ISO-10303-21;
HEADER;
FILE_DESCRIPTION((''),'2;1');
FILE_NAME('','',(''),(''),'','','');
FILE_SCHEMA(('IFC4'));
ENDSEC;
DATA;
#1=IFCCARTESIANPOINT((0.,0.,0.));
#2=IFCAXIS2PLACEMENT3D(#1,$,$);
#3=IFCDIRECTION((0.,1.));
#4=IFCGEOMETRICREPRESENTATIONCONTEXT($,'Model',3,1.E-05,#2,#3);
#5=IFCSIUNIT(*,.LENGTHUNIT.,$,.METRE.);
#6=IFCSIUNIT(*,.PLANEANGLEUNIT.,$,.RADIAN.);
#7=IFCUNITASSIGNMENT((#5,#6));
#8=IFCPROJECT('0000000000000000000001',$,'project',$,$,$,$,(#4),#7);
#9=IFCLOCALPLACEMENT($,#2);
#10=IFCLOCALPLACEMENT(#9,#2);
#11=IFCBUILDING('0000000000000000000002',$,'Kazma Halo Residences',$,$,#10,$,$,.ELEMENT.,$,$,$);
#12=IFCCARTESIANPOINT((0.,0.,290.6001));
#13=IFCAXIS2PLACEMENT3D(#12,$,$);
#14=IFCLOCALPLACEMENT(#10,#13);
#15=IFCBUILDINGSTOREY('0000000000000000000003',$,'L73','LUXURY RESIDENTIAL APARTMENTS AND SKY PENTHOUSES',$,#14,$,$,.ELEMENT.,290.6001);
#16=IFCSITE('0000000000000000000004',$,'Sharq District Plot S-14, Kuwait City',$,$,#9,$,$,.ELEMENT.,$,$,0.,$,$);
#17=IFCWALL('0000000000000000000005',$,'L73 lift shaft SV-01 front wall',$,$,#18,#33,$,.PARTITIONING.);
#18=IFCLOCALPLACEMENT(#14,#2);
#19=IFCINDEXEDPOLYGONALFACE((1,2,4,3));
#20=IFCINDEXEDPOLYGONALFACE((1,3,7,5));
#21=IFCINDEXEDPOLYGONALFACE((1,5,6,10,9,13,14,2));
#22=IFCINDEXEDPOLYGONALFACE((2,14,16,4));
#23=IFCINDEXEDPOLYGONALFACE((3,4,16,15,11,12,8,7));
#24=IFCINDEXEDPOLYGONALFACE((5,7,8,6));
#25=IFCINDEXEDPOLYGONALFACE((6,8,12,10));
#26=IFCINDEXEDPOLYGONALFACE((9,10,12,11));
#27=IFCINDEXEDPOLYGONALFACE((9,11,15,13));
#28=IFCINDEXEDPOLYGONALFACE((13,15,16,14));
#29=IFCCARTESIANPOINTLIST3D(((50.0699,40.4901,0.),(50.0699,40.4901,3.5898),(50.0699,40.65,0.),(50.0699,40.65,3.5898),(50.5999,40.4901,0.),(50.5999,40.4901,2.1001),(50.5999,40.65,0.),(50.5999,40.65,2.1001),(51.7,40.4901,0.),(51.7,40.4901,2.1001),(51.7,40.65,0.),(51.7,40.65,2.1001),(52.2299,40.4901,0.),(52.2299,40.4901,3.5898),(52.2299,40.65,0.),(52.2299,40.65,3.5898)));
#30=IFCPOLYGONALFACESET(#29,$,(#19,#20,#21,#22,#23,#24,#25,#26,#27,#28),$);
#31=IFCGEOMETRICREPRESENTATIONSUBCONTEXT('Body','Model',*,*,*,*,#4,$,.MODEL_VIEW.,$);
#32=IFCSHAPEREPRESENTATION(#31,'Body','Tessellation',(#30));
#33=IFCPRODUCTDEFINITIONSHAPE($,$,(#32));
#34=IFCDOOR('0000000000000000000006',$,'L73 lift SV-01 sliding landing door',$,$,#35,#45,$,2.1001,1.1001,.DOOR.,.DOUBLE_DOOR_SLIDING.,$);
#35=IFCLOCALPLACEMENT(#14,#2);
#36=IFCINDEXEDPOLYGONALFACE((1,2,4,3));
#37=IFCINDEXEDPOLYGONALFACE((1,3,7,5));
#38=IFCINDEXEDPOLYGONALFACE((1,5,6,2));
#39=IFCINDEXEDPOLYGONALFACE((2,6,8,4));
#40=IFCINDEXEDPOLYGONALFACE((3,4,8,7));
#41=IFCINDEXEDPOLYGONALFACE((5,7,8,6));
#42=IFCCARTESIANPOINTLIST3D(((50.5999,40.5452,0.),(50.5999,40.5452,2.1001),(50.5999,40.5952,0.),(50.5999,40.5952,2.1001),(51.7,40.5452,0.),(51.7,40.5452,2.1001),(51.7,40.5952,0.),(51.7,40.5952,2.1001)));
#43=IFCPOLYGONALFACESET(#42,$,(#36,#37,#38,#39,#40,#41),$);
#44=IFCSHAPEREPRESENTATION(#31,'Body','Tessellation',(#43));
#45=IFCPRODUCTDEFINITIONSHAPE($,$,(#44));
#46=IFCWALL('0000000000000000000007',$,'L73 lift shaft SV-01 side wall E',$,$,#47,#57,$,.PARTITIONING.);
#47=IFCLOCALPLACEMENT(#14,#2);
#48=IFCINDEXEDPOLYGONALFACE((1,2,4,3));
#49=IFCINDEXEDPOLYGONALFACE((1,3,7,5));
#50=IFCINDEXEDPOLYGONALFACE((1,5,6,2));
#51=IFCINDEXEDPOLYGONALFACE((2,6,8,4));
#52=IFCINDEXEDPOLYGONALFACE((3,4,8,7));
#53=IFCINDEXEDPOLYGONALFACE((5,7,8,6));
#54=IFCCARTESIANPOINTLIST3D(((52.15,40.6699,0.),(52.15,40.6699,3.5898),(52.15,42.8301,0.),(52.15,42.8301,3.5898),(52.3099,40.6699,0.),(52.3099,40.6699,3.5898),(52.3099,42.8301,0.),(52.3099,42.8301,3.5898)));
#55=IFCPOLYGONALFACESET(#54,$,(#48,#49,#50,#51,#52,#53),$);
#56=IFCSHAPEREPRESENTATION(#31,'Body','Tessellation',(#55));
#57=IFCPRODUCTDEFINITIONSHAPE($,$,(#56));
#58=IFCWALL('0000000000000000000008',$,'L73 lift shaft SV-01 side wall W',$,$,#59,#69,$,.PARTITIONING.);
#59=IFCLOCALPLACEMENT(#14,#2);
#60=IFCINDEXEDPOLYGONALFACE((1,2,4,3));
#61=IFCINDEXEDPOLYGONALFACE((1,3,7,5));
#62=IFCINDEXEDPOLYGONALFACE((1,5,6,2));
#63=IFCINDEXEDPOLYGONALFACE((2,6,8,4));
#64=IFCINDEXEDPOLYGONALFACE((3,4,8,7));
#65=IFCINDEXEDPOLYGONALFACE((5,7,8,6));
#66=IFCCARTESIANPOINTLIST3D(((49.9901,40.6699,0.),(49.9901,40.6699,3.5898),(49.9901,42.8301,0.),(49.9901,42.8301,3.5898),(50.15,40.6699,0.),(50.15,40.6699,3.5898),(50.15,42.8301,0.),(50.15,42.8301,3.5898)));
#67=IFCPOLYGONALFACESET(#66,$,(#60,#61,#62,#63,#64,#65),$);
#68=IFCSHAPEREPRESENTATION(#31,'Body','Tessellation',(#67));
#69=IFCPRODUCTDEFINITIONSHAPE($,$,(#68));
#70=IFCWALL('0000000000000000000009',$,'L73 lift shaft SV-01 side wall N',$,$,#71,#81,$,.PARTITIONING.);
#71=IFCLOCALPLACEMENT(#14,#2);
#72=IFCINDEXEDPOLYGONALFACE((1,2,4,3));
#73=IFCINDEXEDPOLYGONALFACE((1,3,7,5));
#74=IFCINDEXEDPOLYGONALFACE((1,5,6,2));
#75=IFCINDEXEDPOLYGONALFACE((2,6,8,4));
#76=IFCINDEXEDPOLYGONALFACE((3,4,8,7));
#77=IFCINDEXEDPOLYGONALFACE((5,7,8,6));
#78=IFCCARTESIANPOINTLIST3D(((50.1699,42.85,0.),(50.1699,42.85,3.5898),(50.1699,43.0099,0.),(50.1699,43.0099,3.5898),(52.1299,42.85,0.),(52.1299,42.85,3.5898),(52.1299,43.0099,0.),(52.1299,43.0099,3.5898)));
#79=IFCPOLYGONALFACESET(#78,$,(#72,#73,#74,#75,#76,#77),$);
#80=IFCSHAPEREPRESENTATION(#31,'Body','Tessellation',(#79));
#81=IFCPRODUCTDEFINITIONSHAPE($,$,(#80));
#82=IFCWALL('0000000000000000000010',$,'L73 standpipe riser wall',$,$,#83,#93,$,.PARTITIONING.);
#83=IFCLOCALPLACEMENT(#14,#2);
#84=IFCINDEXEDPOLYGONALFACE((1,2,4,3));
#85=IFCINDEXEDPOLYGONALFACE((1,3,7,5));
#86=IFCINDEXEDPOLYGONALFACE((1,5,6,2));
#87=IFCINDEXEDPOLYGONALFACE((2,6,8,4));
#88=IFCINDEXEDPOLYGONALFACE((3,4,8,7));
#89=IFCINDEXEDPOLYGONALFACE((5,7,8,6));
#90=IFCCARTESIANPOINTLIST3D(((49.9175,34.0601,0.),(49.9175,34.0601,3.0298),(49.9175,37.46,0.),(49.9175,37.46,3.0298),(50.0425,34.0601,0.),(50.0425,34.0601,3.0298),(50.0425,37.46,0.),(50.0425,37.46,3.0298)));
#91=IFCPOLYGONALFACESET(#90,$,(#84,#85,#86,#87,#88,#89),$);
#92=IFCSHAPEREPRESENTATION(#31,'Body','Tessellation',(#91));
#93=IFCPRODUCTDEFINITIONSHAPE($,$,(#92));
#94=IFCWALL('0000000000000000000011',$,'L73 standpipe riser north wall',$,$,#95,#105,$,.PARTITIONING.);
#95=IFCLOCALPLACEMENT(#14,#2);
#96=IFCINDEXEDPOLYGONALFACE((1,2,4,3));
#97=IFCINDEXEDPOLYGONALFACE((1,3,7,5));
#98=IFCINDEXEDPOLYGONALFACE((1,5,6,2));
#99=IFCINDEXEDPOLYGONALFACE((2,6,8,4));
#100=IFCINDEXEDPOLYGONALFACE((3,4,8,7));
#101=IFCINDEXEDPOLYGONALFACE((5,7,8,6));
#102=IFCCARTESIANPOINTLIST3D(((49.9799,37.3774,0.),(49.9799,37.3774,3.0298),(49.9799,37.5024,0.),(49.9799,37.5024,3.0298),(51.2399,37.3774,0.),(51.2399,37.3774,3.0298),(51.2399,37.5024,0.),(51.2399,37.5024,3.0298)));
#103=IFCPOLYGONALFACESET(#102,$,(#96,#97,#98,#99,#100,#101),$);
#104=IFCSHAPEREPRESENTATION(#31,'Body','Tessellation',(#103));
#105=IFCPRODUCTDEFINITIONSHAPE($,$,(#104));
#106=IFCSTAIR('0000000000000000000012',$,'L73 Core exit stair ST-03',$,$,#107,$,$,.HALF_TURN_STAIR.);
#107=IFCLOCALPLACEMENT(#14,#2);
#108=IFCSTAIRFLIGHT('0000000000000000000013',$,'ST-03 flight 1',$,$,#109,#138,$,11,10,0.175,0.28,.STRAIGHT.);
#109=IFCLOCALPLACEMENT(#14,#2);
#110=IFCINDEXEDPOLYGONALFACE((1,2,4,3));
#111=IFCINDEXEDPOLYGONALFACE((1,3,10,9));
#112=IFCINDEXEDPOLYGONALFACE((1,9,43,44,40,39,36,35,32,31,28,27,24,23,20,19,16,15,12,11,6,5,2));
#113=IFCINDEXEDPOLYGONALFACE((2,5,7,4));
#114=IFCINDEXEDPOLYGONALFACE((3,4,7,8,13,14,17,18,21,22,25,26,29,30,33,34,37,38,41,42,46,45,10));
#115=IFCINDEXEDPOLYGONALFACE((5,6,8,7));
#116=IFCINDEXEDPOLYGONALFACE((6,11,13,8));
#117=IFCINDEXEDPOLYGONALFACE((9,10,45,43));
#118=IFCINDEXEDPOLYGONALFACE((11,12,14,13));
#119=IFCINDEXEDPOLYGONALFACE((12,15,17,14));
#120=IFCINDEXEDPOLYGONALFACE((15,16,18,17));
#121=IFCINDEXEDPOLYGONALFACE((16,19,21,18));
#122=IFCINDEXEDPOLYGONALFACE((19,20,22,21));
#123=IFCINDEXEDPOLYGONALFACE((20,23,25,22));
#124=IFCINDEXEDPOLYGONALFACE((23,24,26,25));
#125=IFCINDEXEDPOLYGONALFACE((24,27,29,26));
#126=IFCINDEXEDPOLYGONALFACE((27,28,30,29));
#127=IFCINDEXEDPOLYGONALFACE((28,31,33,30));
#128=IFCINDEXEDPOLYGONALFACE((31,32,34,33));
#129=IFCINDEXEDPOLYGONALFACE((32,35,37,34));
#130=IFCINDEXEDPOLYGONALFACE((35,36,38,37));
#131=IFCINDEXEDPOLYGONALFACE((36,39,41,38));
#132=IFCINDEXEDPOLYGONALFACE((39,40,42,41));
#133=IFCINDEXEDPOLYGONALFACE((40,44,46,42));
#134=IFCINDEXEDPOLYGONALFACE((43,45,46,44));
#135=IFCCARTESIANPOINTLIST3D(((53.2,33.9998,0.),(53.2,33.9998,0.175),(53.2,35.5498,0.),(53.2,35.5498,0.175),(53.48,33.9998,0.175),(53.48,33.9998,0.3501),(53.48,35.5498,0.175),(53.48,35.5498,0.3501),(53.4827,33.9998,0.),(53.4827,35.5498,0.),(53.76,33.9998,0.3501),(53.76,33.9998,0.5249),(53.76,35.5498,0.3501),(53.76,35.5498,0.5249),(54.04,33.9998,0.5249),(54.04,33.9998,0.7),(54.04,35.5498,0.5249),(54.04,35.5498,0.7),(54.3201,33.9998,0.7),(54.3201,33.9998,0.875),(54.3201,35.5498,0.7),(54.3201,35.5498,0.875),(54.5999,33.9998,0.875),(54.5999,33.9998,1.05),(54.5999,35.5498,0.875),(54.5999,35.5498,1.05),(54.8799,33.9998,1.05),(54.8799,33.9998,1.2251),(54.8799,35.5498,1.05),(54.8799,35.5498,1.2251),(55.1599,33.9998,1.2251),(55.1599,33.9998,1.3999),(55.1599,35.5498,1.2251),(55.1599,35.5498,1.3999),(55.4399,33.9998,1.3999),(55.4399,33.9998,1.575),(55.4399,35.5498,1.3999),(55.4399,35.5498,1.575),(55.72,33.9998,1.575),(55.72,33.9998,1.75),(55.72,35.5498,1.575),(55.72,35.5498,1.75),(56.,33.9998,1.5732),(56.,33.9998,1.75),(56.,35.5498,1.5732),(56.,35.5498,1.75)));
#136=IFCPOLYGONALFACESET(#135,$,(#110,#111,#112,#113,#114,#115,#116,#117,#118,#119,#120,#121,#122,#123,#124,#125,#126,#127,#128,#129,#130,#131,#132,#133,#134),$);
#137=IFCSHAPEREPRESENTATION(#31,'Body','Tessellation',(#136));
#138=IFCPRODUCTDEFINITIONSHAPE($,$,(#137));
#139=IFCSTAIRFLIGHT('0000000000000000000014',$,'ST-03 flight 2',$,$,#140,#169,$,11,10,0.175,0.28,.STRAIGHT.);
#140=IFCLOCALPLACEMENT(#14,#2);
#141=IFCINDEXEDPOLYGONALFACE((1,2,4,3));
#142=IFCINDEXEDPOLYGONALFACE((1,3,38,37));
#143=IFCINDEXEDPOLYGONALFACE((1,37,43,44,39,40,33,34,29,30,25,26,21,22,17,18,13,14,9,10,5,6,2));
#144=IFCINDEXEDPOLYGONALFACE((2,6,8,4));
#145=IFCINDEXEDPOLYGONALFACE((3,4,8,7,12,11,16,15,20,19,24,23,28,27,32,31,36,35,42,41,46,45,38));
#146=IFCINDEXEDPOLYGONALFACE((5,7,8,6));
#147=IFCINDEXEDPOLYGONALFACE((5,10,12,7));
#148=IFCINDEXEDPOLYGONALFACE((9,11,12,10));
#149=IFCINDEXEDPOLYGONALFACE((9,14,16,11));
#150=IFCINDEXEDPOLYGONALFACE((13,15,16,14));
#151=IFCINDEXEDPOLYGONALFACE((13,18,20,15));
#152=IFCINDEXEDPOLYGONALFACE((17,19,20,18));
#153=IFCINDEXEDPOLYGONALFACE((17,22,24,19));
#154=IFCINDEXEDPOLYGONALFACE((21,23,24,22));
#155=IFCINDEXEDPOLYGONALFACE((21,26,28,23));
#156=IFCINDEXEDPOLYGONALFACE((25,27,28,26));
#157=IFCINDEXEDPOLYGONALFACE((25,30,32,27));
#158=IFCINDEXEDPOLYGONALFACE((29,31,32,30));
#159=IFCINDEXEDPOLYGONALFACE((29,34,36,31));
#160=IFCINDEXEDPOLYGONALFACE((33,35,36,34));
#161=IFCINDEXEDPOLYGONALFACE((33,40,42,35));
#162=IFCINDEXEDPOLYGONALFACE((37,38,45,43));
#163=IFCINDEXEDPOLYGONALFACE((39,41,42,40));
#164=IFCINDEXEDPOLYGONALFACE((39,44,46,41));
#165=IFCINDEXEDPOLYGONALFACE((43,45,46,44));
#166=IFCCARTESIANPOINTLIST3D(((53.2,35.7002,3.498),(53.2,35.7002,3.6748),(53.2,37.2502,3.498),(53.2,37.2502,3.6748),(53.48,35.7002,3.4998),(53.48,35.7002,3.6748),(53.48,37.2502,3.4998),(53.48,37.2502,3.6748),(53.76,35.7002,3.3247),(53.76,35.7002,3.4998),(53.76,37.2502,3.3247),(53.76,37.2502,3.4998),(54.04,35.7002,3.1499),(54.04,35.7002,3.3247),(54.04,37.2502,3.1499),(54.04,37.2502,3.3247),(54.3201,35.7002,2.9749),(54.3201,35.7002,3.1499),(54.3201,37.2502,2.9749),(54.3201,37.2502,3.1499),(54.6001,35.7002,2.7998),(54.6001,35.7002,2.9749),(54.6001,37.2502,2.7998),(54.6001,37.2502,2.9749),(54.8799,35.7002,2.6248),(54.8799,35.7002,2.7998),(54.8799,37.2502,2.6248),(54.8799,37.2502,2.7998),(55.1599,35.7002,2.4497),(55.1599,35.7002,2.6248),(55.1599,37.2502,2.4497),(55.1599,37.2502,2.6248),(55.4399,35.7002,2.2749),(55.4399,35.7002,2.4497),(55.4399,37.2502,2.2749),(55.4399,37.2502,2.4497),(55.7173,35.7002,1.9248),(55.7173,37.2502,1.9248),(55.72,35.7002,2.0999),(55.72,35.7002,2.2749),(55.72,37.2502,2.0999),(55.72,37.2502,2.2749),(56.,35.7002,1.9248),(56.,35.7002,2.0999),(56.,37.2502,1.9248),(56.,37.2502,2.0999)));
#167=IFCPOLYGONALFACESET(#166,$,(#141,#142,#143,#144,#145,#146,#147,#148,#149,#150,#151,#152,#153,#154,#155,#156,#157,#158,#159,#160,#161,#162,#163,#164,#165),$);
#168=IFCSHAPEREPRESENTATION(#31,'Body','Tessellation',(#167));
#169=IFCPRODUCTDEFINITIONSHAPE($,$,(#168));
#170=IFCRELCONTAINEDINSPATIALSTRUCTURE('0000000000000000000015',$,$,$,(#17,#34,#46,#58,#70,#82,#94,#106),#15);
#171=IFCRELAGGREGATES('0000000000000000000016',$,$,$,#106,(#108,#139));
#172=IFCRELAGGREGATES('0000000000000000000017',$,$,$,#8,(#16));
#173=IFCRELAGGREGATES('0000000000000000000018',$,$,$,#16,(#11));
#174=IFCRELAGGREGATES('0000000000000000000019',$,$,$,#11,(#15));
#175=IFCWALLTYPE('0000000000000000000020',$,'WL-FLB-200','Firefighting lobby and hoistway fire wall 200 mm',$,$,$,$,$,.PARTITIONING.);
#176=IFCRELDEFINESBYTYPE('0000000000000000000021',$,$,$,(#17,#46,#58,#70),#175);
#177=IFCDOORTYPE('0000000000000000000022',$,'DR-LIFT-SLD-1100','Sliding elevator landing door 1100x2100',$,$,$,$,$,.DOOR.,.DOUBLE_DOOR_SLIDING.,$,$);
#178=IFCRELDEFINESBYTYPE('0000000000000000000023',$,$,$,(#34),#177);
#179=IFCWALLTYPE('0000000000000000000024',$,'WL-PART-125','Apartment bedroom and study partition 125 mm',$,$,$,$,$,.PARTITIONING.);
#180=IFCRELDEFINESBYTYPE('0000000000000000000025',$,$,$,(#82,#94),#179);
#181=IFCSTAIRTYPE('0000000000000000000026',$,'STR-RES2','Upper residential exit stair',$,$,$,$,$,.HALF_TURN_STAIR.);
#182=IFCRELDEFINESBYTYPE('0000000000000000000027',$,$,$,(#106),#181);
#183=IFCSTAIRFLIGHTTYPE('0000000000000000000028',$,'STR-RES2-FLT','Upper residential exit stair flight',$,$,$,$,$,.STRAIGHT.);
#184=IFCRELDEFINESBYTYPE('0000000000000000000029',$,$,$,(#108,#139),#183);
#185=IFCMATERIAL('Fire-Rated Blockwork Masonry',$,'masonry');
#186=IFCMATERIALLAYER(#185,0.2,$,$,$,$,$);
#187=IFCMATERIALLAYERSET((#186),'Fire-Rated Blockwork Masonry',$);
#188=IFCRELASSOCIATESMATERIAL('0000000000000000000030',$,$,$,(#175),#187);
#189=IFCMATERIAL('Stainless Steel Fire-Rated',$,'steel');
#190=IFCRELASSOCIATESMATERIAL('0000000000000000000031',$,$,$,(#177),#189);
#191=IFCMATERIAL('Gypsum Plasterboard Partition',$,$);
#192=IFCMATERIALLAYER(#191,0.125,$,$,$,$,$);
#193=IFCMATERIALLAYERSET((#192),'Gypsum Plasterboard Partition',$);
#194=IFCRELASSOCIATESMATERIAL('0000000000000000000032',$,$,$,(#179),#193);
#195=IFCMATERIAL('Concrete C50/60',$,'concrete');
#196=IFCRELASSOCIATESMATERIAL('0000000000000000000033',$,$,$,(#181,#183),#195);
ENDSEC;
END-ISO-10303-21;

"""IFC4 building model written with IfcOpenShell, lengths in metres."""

from ifc_helpers import new_model, si_unit, direction, frame, frame_2d, origin, place, context, subcontext, project, spatial, polyline, rectangle, outline, extrude, material, layer, layer_set, type_object, element, fill, aggregate, save


model = new_model("IFC4")

# Units and contexts
model_context = context("Model", 3, precision=1e-05, world=origin(), true_north=direction((0.0, 1.0)))
body_context = subcontext(model_context, "Body", "Model", "MODEL_VIEW")
ifc_project = project(units=[si_unit("LENGTHUNIT", "METRE"), si_unit("PLANEANGLEUNIT", "RADIAN")], contexts=[model_context])

# Site, building, storey
site_placement = place(None, origin())
site = spatial("IfcSite", under=ifc_project, at=site_placement, Name="Sharq District Plot S-14, Kuwait City", CompositionType="ELEMENT", RefElevation=0.0)
building_placement = place(site_placement, origin())
building = spatial("IfcBuilding", under=site, at=building_placement, Name="Kazma Halo Residences", CompositionType="ELEMENT")
storey_placement = place(building_placement, frame((0.0, 0.0, 290.6001)))
storey = spatial("IfcBuildingStorey", under=building, at=storey_placement, Name="L73", Description="LUXURY RESIDENTIAL APARTMENTS AND SKY PENTHOUSES", CompositionType="ELEMENT", Elevation=290.6001)

# Shared definitions
ifc_material_1 = material(Name="Fire-Rated Blockwork Masonry", Category="masonry")
ifc_layer_1 = layer(ifc_material_1, 0.2)
ifc_layer_set_1 = layer_set([ifc_layer_1], Name="Fire-Rated Blockwork Masonry")
wall_type_1 = type_object("IfcWallType", Name="WL-FLB-200", Description="Firefighting lobby and hoistway fire wall 200 mm", PredefinedType="PARTITIONING", material=ifc_layer_set_1)
ifc_material_2 = material(Name="Stainless Steel Fire-Rated", Category="steel")
door_type_1 = type_object("IfcDoorType", Name="DR-LIFT-SLD-1100", Description="Sliding elevator landing door 1100x2100", OperationType="DOUBLE_DOOR_SLIDING", PredefinedType="DOOR", material=ifc_material_2)

# Wall, opening, door
wall_1_placement = place(storey_placement, frame((52.23, 40.5701, 0.0), z_axis=(0.0, 0.0, 1.0), x_axis=(-1.0, 0.0, 0.0)))
wall_1 = element("IfcWall", 1, at=wall_1_placement, inside=storey, type_object=wall_type_1, Name="L73 lift shaft SV-01 front wall", PredefinedType="PARTITIONING", context=body_context, shape_type="SweptSolid", body=[
    extrude(rectangle(XDim=2.1599, YDim=0.1599, at=frame_2d((1.0801, 0.0))), origin(), (0.0, 0.0, 1.0), 3.5898),
])
opening_1_placement = place(wall_1_placement, frame((0.53, 0.0, 0.0)))
opening_1 = element("IfcOpeningElement", 2, at=opening_1_placement, cuts=wall_1, PredefinedType="OPENING", context=body_context, shape_type="SweptSolid", body=[
    extrude(rectangle(XDim=1.1001, YDim=2.1001, at=frame_2d((0.55, 1.05))), frame((0.0, 0.0898, 0.0), z_axis=(0.0, -1.0, 0.0), x_axis=(1.0, 0.0, 0.0)), (0.0, 0.0, 1.0), 0.1799),
])
door_1_placement = place(opening_1_placement, origin())
door_1 = element("IfcDoor", 3, at=door_1_placement, inside=storey, type_object=door_type_1, Name="L73 lift SV-01 sliding landing door", OperationType="DOUBLE_DOOR_SLIDING", OverallHeight=2.1001, OverallWidth=1.1001, PredefinedType="DOOR", context=body_context, shape_type="SweptSolid", body=[
    extrude(rectangle(XDim=1.1001, YDim=2.1001, at=frame_2d((0.55, 1.05))), frame((0.0, 0.0249, 0.0), z_axis=(0.0, -1.0, 0.0), x_axis=(1.0, 0.0, 0.0)), (0.0, 0.0, 1.0), 0.05),
])
fill(opening_1, door_1)

# Walls
for number, where, z_axis, x_axis, name in (
    (4, (52.23, 40.6699, 0.0), (0.0, 0.0, 1.0), (0.0, 1.0, 0.0), "L73 lift shaft SV-01 side wall E"),
    (5, (50.0701, 40.6699, 0.0), (0.0, 0.0, 1.0), (0.0, 1.0, 0.0), "L73 lift shaft SV-01 side wall W"),
):
    element("IfcWall", number, at=place(storey_placement, frame(where, z_axis=z_axis, x_axis=x_axis)), inside=storey, type_object=wall_type_1, Name=name, PredefinedType="PARTITIONING", context=body_context, shape_type="SweptSolid", body=[
        extrude(rectangle(XDim=2.1602, YDim=0.1599, at=frame_2d((1.0801, 0.0))), origin(), (0.0, 0.0, 1.0), 3.5898),
    ])
wall_2_placement = place(storey_placement, frame((50.1699, 42.9299, 0.0), z_axis=(0.0, 0.0, 1.0), x_axis=(1.0, 0.0, 0.0)))
element("IfcWall", 6, at=wall_2_placement, inside=storey, type_object=wall_type_1, Name="L73 lift shaft SV-01 side wall N", PredefinedType="PARTITIONING", context=body_context, shape_type="SweptSolid", body=[
    extrude(rectangle(XDim=1.96, YDim=0.1599, at=frame_2d((0.98, 0.0))), origin(), (0.0, 0.0, 1.0), 3.5898),
])
ifc_material_3 = material(Name="Gypsum Plasterboard Partition")
ifc_layer_2 = layer(ifc_material_3, 0.125)
ifc_layer_set_2 = layer_set([ifc_layer_2], Name="Gypsum Plasterboard Partition")
wall_type_2 = type_object("IfcWallType", Name="WL-PART-125", Description="Apartment bedroom and study partition 125 mm", PredefinedType="PARTITIONING", material=ifc_layer_set_2)
wall_3_placement = place(storey_placement, frame((49.98, 34.0601, 0.0), z_axis=(0.0, 0.0, 1.0), x_axis=(0.0, 1.0, 0.0)))
element("IfcWall", 7, at=wall_3_placement, inside=storey, type_object=wall_type_2, Name="L73 standpipe riser wall", PredefinedType="PARTITIONING", context=body_context, shape_type="SweptSolid", body=[
    extrude(rectangle(XDim=3.3999, YDim=0.125, at=frame_2d((1.7, 0.0))), origin(), (0.0, 0.0, 1.0), 3.0298),
])
wall_4_placement = place(storey_placement, frame((49.98, 37.4399, 0.0), z_axis=(0.0, 0.0, 1.0), x_axis=(1.0, 0.0, 0.0)))
element("IfcWall", 8, at=wall_4_placement, inside=storey, type_object=wall_type_2, Name="L73 standpipe riser north wall", PredefinedType="PARTITIONING", context=body_context, shape_type="SweptSolid", body=[
    extrude(rectangle(XDim=1.26, YDim=0.125, at=frame_2d((0.6299, 0.0))), origin(), (0.0, 0.0, 1.0), 3.0298),
])

# Shared definitions
ifc_material_4 = material(Name="Concrete C50/60", Category="concrete")

# Stair, stair flights
stair_type = type_object("IfcStairType", Name="STR-RES2", Description="Upper residential exit stair", PredefinedType="HALF_TURN_STAIR", material=ifc_material_4)
stair_placement = place(storey_placement, origin())
stair = element("IfcStair", 9, at=stair_placement, inside=storey, type_object=stair_type, Name="L73 Core exit stair ST-03", PredefinedType="HALF_TURN_STAIR")
stair_flight_type = type_object("IfcStairFlightType", Name="STR-RES2-FLT", Description="Upper residential exit stair flight", PredefinedType="STRAIGHT", material=ifc_material_4)
stair_flight_1_placement = place(storey_placement, frame((53.2, 34.7749, 0.0), z_axis=(0.0, 0.0, 1.0), x_axis=(1.0, 0.0, 0.0)))
stair_flight_1 = element("IfcStairFlight", 10, at=stair_flight_1_placement, type_object=stair_flight_type, Name="ST-03 flight 1", NumberOfRisers=11, NumberOfTreads=10, PredefinedType="STRAIGHT", RiserHeight=0.175, TreadLength=0.28, context=body_context, shape_type="SweptSolid", body=[
    extrude(outline(polyline([(0.0, 0.0), (0.0, 0.175), (0.28, 0.175), (0.28, 0.3501), (0.5601, 0.3501), (0.5601, 0.5249), (0.8401, 0.5249), (0.8401, 0.7), (1.1201, 0.7), (1.1201, 0.875), (1.3999, 0.875), (1.3999, 1.05), (1.6799, 1.05), (1.6799, 1.2251), (1.96, 1.2251), (1.96, 1.3999), (2.24, 1.3999), (2.24, 1.575), (2.52, 1.575), (2.52, 1.75), (2.8, 1.75), (2.8, 1.925), (2.8, 1.5732), (0.2827, 0.0), (0.0, 0.0)])), frame((0.0, 0.7749, 0.0), z_axis=(0.0, -1.0, 0.0), x_axis=(1.0, 0.0, 0.0)), (0.0, 0.0, 1.0), 1.55),
])
stair_flight_2_placement = place(storey_placement, frame((56.0, 36.4751, 1.9248), z_axis=(0.0, 0.0, 1.0), x_axis=(-1.0, 0.0, 0.0)))
stair_flight_2 = element("IfcStairFlight", 11, at=stair_flight_2_placement, type_object=stair_flight_type, Name="ST-03 flight 2", NumberOfRisers=11, NumberOfTreads=10, PredefinedType="STRAIGHT", RiserHeight=0.175, TreadLength=0.28, context=body_context, shape_type="SweptSolid", body=[
    extrude(outline(polyline([(0.0, 0.0), (0.0, 0.175), (0.28, 0.175), (0.28, 0.3501), (0.5601, 0.3501), (0.5601, 0.5249), (0.8401, 0.5249), (0.8401, 0.7), (1.1201, 0.7), (1.1201, 0.875), (1.3999, 0.875), (1.3999, 1.05), (1.6799, 1.05), (1.6799, 1.2251), (1.96, 1.2251), (1.96, 1.3999), (2.24, 1.3999), (2.24, 1.575), (2.52, 1.575), (2.52, 1.75), (2.8, 1.75), (2.8, 1.925), (2.8, 1.5732), (0.2827, 0.0), (0.0, 0.0)])), frame((0.0, 0.7749, 0.0), z_axis=(0.0, -1.0, 0.0), x_axis=(1.0, 0.0, 0.0)), (0.0, 0.0, 1.0), 1.55),
])
aggregate(stair, [stair_flight_1, stair_flight_2])

save(model, "model.ifc")
